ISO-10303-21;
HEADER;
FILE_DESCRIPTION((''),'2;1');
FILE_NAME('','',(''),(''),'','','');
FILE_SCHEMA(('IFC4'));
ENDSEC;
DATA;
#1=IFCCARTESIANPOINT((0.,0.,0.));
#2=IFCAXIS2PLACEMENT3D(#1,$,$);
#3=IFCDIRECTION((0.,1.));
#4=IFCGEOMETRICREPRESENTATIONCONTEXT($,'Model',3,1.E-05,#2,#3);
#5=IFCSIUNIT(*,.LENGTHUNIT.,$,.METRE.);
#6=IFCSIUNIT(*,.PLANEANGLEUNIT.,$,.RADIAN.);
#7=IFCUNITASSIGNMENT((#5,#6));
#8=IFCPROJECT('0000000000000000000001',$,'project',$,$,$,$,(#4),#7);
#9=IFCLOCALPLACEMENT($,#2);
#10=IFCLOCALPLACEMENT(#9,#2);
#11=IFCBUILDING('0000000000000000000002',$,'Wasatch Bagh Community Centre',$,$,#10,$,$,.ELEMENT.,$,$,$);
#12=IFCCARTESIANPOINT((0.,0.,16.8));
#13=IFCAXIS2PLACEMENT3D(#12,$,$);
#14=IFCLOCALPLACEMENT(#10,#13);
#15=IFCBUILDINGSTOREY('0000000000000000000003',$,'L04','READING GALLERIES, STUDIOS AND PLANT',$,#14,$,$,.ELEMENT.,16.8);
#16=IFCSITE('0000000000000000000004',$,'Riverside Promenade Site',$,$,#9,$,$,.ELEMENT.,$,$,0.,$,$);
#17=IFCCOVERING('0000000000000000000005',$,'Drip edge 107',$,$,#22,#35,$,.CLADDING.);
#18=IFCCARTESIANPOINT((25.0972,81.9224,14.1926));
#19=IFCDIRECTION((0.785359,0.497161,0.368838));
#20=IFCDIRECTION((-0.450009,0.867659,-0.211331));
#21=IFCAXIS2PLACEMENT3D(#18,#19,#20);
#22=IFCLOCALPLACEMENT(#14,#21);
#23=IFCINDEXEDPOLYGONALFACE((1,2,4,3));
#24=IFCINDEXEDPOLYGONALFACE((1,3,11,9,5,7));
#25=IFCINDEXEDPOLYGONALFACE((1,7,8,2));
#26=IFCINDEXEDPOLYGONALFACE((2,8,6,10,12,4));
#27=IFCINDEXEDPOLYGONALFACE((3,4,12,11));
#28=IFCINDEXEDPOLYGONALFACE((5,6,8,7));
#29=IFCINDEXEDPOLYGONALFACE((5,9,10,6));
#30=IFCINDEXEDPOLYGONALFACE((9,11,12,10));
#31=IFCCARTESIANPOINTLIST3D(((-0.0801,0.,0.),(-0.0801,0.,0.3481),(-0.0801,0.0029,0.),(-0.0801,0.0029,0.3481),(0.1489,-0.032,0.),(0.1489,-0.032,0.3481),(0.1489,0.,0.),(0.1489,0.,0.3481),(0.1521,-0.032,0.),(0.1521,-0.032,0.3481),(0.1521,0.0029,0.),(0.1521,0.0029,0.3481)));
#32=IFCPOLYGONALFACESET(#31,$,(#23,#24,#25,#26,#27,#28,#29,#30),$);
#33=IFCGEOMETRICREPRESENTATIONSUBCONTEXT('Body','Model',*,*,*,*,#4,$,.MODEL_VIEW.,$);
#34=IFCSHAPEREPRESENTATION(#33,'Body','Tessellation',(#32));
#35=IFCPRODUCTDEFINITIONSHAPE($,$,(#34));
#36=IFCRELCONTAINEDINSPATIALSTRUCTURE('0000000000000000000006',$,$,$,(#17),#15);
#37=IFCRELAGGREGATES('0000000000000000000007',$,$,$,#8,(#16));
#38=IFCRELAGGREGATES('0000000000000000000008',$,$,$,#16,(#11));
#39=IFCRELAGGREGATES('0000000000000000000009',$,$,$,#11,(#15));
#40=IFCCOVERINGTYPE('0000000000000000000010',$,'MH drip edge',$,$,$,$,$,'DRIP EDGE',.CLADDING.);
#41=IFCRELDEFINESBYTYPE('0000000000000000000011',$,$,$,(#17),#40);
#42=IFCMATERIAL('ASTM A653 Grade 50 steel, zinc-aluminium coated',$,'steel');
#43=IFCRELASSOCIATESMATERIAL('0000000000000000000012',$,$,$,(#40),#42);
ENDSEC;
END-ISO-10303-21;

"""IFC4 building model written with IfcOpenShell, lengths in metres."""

from ifc_helpers import new_model, si_unit, direction, frame, origin, place, context, subcontext, project, spatial, polyline, outline, extrude, material, material_profile, profile_set, type_object, element, save


model = new_model("IFC4")

# Units and contexts
model_context = context("Model", 3, precision=1e-05, world=origin(), true_north=direction((0.0, 1.0)))
body_context = subcontext(model_context, "Body", "Model", "MODEL_VIEW")
ifc_project = project(units=[si_unit("LENGTHUNIT", "METRE"), si_unit("PLANEANGLEUNIT", "RADIAN")], contexts=[model_context])

# Site, building, storey
site_placement = place(None, origin())
site = spatial("IfcSite", under=ifc_project, at=site_placement, Name="Riverside Promenade Site", CompositionType="ELEMENT", RefElevation=0.0)
building_placement = place(site_placement, origin())
building = spatial("IfcBuilding", under=site, at=building_placement, Name="Wasatch Bagh Community Centre", CompositionType="ELEMENT")
storey_placement = place(building_placement, frame((0.0, 0.0, 16.8)))
storey = spatial("IfcBuildingStorey", under=building, at=storey_placement, Name="L04", Description="READING GALLERIES, STUDIOS AND PLANT", CompositionType="ELEMENT", Elevation=16.8)

# Covering
ifc_material_1 = material(Name="ASTM A653 Grade 50 steel, zinc-aluminium coated", Category="steel")
ifc_material_profile_1 = material_profile(ifc_material_1, outline(polyline([(-0.0801, 0.0029), (0.1521, 0.0029), (0.1521, -0.032), (0.1489, -0.032), (0.1489, 0.0), (-0.0801, 0.0), (-0.0801, 0.0029)])), Name="DRIP EDGE")
ifc_profile_set_1 = profile_set([ifc_material_profile_1], Name="ASTM A653 Grade 50 steel, zinc-aluminium coated")
covering_type_1 = type_object("IfcCoveringType", Name="MH drip edge", ElementType="DRIP EDGE", PredefinedType="CLADDING", material=ifc_profile_set_1)
covering_1_placement = place(storey_placement, frame((25.0972, 81.9224, 14.1926), z_axis=(0.785359, 0.497161, 0.368838), x_axis=(-0.450009, 0.867659, -0.211331)))
element("IfcCovering", 1, at=covering_1_placement, inside=storey, type_object=covering_type_1, Name="Drip edge 107", PredefinedType="CLADDING", context=body_context, shape_type="SweptSolid", body=[
    extrude(outline(polyline([(-0.0801, 0.0029), (0.1521, 0.0029), (0.1521, -0.032), (0.1489, -0.032), (0.1489, 0.0), (-0.0801, 0.0), (-0.0801, 0.0029)])), origin(), (0.0, 0.0, 1.0), 0.3481),
])

save(model, "model.ifc")
